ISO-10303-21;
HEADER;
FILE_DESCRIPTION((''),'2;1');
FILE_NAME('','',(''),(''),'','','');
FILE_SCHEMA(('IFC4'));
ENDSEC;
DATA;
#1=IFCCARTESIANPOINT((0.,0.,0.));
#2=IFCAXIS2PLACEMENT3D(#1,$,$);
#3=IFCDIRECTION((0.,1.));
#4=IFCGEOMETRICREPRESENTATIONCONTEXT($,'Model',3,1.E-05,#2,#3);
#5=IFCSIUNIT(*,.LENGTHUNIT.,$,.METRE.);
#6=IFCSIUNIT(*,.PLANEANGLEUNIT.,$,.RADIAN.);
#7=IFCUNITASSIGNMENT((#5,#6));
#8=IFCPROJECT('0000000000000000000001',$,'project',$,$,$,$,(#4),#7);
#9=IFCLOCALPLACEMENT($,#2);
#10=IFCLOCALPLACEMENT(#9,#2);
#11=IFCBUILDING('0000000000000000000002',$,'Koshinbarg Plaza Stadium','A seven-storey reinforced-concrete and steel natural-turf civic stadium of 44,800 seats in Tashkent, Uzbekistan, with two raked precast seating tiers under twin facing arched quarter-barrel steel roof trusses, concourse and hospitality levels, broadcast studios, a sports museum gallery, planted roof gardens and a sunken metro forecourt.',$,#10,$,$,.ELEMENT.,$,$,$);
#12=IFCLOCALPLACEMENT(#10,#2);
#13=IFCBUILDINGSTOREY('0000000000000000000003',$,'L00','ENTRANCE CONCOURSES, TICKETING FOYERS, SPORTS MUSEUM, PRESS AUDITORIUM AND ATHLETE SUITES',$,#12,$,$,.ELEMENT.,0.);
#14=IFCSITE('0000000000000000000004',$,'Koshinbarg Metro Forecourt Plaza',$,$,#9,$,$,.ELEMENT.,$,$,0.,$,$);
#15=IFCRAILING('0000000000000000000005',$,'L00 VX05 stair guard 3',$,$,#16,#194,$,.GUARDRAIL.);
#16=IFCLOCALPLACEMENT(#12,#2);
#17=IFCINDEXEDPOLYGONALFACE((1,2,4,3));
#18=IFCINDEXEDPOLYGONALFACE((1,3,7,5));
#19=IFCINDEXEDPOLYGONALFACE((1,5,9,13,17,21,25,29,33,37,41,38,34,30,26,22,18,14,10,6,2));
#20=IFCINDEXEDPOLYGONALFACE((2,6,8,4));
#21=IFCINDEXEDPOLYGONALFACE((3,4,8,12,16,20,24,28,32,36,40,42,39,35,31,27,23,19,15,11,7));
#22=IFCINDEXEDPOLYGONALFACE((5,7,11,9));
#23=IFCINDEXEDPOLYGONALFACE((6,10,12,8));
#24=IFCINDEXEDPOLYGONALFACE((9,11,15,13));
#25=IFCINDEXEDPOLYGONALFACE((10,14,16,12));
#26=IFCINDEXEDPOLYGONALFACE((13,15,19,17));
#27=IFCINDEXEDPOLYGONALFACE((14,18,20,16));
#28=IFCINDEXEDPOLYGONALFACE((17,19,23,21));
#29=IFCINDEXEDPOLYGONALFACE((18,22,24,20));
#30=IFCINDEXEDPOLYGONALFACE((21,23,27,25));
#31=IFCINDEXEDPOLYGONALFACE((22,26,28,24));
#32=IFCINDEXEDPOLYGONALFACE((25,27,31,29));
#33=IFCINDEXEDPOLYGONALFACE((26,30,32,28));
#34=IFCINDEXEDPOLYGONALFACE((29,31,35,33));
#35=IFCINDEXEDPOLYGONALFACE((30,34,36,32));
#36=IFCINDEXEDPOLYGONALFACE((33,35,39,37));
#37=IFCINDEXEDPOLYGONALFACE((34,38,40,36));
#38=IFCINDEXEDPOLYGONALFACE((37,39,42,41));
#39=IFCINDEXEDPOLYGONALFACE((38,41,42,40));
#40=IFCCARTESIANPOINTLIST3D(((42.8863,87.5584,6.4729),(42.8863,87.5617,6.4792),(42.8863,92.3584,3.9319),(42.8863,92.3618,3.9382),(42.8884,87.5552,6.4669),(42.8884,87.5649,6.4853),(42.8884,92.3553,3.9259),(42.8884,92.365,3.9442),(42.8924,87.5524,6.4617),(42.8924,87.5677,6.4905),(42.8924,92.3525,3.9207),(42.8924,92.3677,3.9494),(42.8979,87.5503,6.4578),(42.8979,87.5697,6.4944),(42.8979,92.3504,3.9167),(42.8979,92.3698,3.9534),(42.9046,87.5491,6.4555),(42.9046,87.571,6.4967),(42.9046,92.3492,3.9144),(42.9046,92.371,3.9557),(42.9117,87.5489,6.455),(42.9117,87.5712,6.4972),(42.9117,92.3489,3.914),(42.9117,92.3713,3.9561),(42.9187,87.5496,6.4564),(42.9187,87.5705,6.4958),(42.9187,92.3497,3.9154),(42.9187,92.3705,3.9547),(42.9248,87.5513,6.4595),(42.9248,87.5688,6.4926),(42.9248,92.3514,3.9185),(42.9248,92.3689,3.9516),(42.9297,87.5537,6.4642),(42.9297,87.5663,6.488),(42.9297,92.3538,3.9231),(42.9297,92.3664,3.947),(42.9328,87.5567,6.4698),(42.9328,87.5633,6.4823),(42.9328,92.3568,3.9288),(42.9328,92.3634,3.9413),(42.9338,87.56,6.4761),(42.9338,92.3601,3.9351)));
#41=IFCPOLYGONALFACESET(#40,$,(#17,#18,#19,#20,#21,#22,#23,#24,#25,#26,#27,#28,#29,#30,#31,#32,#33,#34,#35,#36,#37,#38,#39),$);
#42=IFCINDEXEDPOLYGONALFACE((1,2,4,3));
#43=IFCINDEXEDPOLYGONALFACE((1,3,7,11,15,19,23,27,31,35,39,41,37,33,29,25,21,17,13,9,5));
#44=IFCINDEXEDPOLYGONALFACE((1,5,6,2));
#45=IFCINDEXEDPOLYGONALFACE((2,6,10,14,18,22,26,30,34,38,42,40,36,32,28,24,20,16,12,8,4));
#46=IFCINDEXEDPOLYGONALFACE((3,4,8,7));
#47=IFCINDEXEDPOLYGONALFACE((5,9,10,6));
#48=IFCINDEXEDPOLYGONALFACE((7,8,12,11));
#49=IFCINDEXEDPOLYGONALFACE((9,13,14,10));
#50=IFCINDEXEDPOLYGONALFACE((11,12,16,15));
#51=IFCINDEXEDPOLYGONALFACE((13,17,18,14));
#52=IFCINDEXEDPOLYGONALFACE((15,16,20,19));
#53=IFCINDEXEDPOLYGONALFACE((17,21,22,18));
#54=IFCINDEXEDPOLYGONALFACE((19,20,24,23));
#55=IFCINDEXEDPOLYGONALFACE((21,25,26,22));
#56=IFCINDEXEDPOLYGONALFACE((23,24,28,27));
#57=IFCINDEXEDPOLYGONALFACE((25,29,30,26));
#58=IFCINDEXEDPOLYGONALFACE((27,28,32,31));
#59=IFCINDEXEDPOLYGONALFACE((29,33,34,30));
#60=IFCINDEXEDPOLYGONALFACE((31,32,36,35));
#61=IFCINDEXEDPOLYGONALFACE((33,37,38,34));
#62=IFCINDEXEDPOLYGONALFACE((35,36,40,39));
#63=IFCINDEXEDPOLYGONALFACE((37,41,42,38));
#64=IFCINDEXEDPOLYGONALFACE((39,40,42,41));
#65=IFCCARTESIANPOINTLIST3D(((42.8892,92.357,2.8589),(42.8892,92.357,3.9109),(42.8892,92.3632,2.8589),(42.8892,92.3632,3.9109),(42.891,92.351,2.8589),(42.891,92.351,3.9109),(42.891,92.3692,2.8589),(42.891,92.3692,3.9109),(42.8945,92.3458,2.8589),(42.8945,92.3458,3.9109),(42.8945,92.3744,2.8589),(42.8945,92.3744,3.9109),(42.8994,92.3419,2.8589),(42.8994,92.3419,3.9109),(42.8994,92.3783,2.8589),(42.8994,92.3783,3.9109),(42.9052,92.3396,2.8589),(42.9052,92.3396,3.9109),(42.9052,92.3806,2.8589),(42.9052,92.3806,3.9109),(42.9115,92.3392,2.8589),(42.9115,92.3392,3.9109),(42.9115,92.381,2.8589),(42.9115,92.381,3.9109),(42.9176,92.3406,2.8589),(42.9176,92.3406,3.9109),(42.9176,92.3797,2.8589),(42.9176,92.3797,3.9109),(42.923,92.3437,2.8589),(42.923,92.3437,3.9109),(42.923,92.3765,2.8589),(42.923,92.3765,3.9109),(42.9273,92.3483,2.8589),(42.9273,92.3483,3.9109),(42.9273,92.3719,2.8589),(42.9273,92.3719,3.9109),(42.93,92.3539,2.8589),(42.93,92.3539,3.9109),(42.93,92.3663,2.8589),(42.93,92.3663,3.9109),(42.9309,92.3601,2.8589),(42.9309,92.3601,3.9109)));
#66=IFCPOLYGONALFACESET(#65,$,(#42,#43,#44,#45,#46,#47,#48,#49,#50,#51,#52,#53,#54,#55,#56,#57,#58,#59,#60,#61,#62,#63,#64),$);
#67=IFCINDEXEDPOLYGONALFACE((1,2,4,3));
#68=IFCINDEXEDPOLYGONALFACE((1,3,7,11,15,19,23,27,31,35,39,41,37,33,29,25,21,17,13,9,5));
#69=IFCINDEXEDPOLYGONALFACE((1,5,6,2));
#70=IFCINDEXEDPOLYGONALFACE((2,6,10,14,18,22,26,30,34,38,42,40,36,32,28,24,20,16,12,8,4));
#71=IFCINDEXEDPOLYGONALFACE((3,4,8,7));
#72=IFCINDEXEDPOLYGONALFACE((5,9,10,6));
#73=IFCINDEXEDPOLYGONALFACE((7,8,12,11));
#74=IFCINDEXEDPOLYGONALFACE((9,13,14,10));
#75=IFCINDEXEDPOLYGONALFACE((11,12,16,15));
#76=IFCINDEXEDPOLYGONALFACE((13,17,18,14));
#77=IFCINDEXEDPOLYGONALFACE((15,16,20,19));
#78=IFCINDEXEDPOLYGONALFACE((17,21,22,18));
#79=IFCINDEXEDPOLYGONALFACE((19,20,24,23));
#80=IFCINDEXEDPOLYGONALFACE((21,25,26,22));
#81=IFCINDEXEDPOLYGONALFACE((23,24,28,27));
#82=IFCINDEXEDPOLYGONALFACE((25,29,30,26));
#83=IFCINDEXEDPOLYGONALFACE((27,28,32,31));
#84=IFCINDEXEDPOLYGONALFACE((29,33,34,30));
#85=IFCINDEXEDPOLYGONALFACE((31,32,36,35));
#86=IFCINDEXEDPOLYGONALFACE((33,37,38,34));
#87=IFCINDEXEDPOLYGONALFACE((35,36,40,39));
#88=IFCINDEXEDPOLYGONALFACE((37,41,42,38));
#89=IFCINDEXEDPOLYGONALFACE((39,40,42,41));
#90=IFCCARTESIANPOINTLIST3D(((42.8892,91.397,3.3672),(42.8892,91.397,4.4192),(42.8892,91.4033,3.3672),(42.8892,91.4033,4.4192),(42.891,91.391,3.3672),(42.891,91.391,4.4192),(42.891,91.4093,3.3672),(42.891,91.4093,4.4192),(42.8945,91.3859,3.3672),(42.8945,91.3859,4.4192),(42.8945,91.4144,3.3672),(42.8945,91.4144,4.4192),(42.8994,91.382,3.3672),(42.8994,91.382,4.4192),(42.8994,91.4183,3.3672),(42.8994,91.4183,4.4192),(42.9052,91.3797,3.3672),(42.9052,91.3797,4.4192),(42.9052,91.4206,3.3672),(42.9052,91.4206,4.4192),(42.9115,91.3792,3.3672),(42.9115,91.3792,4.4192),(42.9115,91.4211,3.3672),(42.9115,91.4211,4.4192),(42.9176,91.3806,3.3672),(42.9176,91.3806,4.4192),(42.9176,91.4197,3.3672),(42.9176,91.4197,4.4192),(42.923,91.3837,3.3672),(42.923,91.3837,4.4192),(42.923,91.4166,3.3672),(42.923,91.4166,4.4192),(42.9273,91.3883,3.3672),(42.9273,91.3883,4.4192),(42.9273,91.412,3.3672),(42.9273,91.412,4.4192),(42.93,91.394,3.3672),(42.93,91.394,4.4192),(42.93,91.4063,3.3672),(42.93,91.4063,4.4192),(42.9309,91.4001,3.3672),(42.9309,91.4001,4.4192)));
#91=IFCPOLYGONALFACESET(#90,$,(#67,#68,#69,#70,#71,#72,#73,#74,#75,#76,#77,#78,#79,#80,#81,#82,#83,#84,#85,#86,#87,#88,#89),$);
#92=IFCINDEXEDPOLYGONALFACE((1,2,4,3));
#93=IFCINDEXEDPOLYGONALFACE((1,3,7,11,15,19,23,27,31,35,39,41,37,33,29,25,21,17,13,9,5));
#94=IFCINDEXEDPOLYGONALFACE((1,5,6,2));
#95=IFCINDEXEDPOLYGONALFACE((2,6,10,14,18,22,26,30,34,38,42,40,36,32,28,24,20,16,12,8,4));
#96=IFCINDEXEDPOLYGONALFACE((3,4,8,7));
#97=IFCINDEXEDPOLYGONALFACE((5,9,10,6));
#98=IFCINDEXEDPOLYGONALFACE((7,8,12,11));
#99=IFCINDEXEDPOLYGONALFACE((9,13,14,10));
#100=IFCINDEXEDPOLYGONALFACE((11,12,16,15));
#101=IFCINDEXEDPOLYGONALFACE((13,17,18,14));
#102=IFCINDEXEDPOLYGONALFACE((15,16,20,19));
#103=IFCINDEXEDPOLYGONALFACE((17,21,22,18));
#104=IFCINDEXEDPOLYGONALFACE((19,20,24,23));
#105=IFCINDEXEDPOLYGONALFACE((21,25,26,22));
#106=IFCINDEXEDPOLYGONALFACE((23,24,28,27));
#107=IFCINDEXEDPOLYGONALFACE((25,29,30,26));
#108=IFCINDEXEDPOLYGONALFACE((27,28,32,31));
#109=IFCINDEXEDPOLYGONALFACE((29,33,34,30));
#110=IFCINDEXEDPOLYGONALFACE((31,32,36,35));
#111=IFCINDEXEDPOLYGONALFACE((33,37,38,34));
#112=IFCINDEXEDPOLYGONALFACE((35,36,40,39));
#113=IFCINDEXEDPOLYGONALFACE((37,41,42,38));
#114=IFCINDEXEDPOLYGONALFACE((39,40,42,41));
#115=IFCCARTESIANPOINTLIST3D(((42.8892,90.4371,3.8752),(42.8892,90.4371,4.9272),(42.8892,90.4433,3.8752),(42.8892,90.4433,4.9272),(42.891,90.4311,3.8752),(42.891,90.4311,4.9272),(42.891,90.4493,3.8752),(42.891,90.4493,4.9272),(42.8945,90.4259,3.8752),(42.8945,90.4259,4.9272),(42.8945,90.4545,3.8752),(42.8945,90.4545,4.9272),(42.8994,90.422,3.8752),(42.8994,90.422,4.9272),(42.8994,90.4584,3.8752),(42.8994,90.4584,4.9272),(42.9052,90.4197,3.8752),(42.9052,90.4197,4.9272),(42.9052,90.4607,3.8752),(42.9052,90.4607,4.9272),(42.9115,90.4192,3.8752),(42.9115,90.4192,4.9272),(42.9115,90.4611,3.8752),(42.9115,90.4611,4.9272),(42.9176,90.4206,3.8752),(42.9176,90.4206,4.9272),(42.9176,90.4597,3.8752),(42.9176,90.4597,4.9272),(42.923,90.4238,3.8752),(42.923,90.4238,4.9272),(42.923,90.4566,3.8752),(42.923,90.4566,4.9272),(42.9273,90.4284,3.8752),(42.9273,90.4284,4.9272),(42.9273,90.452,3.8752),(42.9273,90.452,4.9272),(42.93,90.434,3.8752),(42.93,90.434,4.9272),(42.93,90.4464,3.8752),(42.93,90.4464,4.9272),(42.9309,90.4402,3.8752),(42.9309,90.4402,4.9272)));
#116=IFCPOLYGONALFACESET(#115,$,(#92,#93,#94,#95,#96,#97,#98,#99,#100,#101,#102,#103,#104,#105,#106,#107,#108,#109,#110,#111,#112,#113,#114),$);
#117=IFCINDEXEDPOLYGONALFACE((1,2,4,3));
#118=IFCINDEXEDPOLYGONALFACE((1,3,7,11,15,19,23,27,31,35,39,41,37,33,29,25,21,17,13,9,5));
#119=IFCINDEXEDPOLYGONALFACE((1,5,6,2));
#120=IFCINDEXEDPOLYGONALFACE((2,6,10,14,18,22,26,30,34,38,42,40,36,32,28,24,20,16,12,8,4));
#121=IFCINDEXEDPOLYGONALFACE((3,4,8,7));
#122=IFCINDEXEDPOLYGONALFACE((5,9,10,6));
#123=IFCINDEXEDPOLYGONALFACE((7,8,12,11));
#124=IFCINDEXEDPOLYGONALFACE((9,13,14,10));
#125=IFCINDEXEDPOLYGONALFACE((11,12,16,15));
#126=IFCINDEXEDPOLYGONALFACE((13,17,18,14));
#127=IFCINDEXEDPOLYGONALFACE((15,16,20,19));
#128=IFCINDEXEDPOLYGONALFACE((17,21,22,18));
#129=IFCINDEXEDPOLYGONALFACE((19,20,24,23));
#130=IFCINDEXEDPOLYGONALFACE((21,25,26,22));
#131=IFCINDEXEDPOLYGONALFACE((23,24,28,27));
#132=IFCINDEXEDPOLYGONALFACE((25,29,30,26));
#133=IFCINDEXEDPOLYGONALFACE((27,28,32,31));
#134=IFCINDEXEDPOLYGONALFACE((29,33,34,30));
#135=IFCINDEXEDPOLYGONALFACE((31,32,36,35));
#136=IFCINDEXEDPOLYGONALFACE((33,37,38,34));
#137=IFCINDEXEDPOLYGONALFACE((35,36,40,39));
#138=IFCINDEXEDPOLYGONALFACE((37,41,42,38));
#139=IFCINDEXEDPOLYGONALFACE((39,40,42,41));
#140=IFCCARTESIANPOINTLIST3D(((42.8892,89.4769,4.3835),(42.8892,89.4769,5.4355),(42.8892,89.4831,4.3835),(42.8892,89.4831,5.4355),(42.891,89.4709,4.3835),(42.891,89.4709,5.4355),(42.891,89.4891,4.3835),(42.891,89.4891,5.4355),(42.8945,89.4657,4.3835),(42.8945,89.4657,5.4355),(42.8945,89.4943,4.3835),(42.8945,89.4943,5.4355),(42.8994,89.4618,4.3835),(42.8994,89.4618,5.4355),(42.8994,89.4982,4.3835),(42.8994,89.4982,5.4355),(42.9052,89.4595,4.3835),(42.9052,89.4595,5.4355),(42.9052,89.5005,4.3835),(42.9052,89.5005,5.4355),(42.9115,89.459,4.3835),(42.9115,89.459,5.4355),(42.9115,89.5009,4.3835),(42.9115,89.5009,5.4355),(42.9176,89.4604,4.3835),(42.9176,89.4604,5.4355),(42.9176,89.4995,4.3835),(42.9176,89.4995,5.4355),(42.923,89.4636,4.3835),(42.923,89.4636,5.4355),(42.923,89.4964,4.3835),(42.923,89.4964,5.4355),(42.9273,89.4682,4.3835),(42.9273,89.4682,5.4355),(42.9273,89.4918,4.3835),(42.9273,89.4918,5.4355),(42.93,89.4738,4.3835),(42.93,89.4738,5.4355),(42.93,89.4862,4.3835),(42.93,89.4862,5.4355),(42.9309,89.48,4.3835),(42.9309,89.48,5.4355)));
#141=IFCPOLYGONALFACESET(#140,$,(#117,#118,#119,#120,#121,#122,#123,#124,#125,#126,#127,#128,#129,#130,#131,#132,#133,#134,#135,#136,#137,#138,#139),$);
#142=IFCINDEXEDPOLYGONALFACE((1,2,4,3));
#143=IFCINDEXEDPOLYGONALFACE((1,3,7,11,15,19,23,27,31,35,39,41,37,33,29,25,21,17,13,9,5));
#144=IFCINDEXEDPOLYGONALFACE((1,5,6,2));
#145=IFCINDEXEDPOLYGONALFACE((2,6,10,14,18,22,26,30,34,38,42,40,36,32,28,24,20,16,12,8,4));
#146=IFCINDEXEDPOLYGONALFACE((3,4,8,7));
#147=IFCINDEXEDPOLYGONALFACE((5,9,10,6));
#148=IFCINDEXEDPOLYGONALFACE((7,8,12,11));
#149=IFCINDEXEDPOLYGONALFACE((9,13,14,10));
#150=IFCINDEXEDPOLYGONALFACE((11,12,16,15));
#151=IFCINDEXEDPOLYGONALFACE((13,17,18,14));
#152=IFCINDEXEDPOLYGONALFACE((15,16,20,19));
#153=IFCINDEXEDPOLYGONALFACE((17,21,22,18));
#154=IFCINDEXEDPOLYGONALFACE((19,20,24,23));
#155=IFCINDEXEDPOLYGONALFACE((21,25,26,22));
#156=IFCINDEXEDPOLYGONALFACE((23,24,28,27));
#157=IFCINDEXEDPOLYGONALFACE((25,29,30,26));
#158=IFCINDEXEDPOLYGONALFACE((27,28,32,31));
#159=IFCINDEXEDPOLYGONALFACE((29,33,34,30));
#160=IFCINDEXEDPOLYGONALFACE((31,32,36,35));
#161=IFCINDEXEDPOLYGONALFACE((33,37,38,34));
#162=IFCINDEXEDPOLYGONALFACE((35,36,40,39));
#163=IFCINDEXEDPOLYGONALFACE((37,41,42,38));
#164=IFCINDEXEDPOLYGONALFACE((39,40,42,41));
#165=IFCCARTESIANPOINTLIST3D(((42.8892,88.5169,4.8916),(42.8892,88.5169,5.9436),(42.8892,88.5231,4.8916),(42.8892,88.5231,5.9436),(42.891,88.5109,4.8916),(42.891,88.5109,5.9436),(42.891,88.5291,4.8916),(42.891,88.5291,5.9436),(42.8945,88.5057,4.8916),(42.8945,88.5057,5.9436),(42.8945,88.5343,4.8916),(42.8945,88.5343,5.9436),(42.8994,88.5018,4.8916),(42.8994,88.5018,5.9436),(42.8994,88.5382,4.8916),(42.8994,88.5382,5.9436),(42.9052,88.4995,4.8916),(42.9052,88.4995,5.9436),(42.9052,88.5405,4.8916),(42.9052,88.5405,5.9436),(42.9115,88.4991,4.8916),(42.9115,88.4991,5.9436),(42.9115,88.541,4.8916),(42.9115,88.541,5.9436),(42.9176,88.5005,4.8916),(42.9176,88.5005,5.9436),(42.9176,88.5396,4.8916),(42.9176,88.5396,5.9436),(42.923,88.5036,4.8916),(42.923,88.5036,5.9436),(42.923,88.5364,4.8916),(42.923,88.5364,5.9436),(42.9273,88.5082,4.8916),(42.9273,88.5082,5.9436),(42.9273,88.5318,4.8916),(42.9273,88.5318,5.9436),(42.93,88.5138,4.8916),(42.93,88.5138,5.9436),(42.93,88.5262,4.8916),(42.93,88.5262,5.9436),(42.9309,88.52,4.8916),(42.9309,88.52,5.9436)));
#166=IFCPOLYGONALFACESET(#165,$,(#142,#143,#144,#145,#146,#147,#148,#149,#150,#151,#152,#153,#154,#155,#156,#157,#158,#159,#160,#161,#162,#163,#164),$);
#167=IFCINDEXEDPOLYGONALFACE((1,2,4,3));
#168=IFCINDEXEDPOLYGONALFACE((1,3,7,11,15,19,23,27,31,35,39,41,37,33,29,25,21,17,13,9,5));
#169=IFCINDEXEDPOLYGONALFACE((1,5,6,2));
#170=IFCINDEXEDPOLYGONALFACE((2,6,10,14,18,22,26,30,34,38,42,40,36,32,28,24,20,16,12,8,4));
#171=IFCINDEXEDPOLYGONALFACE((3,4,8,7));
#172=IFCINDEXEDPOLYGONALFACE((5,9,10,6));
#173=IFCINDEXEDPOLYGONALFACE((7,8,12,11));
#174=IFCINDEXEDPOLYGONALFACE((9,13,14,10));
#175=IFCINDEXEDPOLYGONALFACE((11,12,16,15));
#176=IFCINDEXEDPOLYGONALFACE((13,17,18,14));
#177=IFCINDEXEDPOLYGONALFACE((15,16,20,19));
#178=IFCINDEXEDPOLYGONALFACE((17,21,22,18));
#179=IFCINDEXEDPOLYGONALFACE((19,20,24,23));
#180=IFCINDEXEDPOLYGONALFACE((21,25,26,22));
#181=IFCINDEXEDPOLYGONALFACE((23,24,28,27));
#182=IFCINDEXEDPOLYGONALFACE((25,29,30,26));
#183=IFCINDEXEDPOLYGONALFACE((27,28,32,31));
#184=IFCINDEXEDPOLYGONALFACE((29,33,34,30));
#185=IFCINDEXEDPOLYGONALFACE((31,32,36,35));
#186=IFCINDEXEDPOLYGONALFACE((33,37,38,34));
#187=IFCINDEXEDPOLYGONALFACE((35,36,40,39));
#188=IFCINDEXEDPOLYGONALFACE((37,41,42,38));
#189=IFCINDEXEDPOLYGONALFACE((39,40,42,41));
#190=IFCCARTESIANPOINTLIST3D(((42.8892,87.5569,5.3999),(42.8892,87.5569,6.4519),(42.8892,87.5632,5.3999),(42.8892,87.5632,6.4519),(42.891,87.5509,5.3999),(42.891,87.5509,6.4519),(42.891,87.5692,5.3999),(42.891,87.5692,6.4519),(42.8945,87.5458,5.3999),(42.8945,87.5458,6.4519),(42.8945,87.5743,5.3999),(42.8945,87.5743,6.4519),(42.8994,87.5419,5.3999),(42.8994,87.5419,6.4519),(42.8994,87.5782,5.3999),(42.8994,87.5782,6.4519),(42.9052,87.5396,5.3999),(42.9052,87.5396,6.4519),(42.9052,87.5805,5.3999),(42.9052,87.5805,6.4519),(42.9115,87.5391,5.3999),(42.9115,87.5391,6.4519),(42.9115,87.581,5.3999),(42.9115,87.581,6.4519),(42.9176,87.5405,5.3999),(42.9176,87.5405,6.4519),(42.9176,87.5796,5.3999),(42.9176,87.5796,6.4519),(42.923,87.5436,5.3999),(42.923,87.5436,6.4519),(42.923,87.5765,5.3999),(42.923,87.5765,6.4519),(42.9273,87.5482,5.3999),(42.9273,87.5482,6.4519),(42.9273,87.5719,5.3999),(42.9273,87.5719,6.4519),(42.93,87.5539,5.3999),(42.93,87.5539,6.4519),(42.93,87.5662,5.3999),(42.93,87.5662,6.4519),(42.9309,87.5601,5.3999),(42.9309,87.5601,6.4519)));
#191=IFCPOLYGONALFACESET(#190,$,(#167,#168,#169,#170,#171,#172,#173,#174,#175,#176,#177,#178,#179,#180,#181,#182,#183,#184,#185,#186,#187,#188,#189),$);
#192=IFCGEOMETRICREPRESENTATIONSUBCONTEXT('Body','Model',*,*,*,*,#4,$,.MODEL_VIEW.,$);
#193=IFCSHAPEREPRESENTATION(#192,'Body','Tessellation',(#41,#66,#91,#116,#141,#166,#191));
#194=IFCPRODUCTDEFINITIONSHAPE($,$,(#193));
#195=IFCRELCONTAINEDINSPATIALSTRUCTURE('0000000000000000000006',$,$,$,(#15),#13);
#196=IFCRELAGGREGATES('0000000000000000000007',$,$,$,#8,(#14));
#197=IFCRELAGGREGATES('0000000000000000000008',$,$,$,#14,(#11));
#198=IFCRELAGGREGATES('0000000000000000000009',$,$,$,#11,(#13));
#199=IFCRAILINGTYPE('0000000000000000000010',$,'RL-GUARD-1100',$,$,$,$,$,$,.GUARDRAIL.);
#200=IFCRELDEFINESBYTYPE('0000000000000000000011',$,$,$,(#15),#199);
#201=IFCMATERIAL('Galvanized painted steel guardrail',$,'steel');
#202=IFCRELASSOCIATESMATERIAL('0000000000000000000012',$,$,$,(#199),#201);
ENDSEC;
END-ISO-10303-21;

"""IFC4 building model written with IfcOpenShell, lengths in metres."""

from ifc_helpers import new_model, si_unit, direction, frame, origin, origin_2d, place, context, subcontext, project, spatial, circle, extrude, material, type_object, element, save


model = new_model("IFC4")

# Units and contexts
model_context = context("Model", 3, precision=1e-05, world=origin(), true_north=direction((0.0, 1.0)))
body_context = subcontext(model_context, "Body", "Model", "MODEL_VIEW")
ifc_project = project(units=[si_unit("LENGTHUNIT", "METRE"), si_unit("PLANEANGLEUNIT", "RADIAN")], contexts=[model_context])

# Site, building, storey
site_placement = place(None, origin())
site = spatial("IfcSite", under=ifc_project, at=site_placement, Name="Koshinbarg Metro Forecourt Plaza", CompositionType="ELEMENT", RefElevation=0.0)
building_placement = place(site_placement, origin())
building = spatial("IfcBuilding", under=site, at=building_placement, Name="Koshinbarg Plaza Stadium", Description="A seven-storey reinforced-concrete and steel natural-turf civic stadium of 44,800 seats in Tashkent, Uzbekistan, with two raked precast seating tiers under twin facing arched quarter-barrel steel roof trusses, concourse and hospitality levels, broadcast studios, a sports museum gallery, planted roof gardens and a sunken metro forecourt.", CompositionType="ELEMENT")
storey_placement = place(building_placement, origin())
storey = spatial("IfcBuildingStorey", under=building, at=storey_placement, Name="L00", Description="ENTRANCE CONCOURSES, TICKETING FOYERS, SPORTS MUSEUM, PRESS AUDITORIUM AND ATHLETE SUITES", CompositionType="ELEMENT", Elevation=0.0)

# Railing
ifc_material_1 = material(Name="Galvanized painted steel guardrail", Category="steel")
railing_type_1 = type_object("IfcRailingType", Name="RL-GUARD-1100", PredefinedType="GUARDRAIL", material=ifc_material_1)
railing_1_placement = place(storey_placement, frame((42.9099, 92.3601, 2.8589)))
element("IfcRailing", 1, at=railing_1_placement, inside=storey, type_object=railing_type_1, Name="L00 VX05 stair guard 3", PredefinedType="GUARDRAIL", context=body_context, shape_type="SweptSolid", body=[
    extrude(circle(Radius=0.0239, at=origin_2d()), frame((0.0, 0.0, 1.0762), z_axis=(0.0, -0.883802, 0.467861), x_axis=(1.0, 0.0, 0.0)), (0.0, 0.0, 1.0), 5.4312),
    extrude(circle(Radius=0.021, at=origin_2d()), origin(), (0.0, 0.0, 1.0), 1.052),
    extrude(circle(Radius=0.021, at=origin_2d()), frame((0.0, -0.96, 0.5083)), (0.0, 0.0, 1.0), 1.052),
    extrude(circle(Radius=0.021, at=origin_2d()), frame((0.0, -1.9199, 1.0164)), (0.0, 0.0, 1.0), 1.052),
    extrude(circle(Radius=0.021, at=origin_2d()), frame((0.0, -2.8801, 1.5247)), (0.0, 0.0, 1.0), 1.052),
    extrude(circle(Radius=0.021, at=origin_2d()), frame((0.0, -3.8401, 2.0327)), (0.0, 0.0, 1.0), 1.052),
    extrude(circle(Radius=0.021, at=origin_2d()), frame((0.0, -4.8, 2.541)), (0.0, 0.0, 1.0), 1.052),
])

save(model, "model.ifc")
